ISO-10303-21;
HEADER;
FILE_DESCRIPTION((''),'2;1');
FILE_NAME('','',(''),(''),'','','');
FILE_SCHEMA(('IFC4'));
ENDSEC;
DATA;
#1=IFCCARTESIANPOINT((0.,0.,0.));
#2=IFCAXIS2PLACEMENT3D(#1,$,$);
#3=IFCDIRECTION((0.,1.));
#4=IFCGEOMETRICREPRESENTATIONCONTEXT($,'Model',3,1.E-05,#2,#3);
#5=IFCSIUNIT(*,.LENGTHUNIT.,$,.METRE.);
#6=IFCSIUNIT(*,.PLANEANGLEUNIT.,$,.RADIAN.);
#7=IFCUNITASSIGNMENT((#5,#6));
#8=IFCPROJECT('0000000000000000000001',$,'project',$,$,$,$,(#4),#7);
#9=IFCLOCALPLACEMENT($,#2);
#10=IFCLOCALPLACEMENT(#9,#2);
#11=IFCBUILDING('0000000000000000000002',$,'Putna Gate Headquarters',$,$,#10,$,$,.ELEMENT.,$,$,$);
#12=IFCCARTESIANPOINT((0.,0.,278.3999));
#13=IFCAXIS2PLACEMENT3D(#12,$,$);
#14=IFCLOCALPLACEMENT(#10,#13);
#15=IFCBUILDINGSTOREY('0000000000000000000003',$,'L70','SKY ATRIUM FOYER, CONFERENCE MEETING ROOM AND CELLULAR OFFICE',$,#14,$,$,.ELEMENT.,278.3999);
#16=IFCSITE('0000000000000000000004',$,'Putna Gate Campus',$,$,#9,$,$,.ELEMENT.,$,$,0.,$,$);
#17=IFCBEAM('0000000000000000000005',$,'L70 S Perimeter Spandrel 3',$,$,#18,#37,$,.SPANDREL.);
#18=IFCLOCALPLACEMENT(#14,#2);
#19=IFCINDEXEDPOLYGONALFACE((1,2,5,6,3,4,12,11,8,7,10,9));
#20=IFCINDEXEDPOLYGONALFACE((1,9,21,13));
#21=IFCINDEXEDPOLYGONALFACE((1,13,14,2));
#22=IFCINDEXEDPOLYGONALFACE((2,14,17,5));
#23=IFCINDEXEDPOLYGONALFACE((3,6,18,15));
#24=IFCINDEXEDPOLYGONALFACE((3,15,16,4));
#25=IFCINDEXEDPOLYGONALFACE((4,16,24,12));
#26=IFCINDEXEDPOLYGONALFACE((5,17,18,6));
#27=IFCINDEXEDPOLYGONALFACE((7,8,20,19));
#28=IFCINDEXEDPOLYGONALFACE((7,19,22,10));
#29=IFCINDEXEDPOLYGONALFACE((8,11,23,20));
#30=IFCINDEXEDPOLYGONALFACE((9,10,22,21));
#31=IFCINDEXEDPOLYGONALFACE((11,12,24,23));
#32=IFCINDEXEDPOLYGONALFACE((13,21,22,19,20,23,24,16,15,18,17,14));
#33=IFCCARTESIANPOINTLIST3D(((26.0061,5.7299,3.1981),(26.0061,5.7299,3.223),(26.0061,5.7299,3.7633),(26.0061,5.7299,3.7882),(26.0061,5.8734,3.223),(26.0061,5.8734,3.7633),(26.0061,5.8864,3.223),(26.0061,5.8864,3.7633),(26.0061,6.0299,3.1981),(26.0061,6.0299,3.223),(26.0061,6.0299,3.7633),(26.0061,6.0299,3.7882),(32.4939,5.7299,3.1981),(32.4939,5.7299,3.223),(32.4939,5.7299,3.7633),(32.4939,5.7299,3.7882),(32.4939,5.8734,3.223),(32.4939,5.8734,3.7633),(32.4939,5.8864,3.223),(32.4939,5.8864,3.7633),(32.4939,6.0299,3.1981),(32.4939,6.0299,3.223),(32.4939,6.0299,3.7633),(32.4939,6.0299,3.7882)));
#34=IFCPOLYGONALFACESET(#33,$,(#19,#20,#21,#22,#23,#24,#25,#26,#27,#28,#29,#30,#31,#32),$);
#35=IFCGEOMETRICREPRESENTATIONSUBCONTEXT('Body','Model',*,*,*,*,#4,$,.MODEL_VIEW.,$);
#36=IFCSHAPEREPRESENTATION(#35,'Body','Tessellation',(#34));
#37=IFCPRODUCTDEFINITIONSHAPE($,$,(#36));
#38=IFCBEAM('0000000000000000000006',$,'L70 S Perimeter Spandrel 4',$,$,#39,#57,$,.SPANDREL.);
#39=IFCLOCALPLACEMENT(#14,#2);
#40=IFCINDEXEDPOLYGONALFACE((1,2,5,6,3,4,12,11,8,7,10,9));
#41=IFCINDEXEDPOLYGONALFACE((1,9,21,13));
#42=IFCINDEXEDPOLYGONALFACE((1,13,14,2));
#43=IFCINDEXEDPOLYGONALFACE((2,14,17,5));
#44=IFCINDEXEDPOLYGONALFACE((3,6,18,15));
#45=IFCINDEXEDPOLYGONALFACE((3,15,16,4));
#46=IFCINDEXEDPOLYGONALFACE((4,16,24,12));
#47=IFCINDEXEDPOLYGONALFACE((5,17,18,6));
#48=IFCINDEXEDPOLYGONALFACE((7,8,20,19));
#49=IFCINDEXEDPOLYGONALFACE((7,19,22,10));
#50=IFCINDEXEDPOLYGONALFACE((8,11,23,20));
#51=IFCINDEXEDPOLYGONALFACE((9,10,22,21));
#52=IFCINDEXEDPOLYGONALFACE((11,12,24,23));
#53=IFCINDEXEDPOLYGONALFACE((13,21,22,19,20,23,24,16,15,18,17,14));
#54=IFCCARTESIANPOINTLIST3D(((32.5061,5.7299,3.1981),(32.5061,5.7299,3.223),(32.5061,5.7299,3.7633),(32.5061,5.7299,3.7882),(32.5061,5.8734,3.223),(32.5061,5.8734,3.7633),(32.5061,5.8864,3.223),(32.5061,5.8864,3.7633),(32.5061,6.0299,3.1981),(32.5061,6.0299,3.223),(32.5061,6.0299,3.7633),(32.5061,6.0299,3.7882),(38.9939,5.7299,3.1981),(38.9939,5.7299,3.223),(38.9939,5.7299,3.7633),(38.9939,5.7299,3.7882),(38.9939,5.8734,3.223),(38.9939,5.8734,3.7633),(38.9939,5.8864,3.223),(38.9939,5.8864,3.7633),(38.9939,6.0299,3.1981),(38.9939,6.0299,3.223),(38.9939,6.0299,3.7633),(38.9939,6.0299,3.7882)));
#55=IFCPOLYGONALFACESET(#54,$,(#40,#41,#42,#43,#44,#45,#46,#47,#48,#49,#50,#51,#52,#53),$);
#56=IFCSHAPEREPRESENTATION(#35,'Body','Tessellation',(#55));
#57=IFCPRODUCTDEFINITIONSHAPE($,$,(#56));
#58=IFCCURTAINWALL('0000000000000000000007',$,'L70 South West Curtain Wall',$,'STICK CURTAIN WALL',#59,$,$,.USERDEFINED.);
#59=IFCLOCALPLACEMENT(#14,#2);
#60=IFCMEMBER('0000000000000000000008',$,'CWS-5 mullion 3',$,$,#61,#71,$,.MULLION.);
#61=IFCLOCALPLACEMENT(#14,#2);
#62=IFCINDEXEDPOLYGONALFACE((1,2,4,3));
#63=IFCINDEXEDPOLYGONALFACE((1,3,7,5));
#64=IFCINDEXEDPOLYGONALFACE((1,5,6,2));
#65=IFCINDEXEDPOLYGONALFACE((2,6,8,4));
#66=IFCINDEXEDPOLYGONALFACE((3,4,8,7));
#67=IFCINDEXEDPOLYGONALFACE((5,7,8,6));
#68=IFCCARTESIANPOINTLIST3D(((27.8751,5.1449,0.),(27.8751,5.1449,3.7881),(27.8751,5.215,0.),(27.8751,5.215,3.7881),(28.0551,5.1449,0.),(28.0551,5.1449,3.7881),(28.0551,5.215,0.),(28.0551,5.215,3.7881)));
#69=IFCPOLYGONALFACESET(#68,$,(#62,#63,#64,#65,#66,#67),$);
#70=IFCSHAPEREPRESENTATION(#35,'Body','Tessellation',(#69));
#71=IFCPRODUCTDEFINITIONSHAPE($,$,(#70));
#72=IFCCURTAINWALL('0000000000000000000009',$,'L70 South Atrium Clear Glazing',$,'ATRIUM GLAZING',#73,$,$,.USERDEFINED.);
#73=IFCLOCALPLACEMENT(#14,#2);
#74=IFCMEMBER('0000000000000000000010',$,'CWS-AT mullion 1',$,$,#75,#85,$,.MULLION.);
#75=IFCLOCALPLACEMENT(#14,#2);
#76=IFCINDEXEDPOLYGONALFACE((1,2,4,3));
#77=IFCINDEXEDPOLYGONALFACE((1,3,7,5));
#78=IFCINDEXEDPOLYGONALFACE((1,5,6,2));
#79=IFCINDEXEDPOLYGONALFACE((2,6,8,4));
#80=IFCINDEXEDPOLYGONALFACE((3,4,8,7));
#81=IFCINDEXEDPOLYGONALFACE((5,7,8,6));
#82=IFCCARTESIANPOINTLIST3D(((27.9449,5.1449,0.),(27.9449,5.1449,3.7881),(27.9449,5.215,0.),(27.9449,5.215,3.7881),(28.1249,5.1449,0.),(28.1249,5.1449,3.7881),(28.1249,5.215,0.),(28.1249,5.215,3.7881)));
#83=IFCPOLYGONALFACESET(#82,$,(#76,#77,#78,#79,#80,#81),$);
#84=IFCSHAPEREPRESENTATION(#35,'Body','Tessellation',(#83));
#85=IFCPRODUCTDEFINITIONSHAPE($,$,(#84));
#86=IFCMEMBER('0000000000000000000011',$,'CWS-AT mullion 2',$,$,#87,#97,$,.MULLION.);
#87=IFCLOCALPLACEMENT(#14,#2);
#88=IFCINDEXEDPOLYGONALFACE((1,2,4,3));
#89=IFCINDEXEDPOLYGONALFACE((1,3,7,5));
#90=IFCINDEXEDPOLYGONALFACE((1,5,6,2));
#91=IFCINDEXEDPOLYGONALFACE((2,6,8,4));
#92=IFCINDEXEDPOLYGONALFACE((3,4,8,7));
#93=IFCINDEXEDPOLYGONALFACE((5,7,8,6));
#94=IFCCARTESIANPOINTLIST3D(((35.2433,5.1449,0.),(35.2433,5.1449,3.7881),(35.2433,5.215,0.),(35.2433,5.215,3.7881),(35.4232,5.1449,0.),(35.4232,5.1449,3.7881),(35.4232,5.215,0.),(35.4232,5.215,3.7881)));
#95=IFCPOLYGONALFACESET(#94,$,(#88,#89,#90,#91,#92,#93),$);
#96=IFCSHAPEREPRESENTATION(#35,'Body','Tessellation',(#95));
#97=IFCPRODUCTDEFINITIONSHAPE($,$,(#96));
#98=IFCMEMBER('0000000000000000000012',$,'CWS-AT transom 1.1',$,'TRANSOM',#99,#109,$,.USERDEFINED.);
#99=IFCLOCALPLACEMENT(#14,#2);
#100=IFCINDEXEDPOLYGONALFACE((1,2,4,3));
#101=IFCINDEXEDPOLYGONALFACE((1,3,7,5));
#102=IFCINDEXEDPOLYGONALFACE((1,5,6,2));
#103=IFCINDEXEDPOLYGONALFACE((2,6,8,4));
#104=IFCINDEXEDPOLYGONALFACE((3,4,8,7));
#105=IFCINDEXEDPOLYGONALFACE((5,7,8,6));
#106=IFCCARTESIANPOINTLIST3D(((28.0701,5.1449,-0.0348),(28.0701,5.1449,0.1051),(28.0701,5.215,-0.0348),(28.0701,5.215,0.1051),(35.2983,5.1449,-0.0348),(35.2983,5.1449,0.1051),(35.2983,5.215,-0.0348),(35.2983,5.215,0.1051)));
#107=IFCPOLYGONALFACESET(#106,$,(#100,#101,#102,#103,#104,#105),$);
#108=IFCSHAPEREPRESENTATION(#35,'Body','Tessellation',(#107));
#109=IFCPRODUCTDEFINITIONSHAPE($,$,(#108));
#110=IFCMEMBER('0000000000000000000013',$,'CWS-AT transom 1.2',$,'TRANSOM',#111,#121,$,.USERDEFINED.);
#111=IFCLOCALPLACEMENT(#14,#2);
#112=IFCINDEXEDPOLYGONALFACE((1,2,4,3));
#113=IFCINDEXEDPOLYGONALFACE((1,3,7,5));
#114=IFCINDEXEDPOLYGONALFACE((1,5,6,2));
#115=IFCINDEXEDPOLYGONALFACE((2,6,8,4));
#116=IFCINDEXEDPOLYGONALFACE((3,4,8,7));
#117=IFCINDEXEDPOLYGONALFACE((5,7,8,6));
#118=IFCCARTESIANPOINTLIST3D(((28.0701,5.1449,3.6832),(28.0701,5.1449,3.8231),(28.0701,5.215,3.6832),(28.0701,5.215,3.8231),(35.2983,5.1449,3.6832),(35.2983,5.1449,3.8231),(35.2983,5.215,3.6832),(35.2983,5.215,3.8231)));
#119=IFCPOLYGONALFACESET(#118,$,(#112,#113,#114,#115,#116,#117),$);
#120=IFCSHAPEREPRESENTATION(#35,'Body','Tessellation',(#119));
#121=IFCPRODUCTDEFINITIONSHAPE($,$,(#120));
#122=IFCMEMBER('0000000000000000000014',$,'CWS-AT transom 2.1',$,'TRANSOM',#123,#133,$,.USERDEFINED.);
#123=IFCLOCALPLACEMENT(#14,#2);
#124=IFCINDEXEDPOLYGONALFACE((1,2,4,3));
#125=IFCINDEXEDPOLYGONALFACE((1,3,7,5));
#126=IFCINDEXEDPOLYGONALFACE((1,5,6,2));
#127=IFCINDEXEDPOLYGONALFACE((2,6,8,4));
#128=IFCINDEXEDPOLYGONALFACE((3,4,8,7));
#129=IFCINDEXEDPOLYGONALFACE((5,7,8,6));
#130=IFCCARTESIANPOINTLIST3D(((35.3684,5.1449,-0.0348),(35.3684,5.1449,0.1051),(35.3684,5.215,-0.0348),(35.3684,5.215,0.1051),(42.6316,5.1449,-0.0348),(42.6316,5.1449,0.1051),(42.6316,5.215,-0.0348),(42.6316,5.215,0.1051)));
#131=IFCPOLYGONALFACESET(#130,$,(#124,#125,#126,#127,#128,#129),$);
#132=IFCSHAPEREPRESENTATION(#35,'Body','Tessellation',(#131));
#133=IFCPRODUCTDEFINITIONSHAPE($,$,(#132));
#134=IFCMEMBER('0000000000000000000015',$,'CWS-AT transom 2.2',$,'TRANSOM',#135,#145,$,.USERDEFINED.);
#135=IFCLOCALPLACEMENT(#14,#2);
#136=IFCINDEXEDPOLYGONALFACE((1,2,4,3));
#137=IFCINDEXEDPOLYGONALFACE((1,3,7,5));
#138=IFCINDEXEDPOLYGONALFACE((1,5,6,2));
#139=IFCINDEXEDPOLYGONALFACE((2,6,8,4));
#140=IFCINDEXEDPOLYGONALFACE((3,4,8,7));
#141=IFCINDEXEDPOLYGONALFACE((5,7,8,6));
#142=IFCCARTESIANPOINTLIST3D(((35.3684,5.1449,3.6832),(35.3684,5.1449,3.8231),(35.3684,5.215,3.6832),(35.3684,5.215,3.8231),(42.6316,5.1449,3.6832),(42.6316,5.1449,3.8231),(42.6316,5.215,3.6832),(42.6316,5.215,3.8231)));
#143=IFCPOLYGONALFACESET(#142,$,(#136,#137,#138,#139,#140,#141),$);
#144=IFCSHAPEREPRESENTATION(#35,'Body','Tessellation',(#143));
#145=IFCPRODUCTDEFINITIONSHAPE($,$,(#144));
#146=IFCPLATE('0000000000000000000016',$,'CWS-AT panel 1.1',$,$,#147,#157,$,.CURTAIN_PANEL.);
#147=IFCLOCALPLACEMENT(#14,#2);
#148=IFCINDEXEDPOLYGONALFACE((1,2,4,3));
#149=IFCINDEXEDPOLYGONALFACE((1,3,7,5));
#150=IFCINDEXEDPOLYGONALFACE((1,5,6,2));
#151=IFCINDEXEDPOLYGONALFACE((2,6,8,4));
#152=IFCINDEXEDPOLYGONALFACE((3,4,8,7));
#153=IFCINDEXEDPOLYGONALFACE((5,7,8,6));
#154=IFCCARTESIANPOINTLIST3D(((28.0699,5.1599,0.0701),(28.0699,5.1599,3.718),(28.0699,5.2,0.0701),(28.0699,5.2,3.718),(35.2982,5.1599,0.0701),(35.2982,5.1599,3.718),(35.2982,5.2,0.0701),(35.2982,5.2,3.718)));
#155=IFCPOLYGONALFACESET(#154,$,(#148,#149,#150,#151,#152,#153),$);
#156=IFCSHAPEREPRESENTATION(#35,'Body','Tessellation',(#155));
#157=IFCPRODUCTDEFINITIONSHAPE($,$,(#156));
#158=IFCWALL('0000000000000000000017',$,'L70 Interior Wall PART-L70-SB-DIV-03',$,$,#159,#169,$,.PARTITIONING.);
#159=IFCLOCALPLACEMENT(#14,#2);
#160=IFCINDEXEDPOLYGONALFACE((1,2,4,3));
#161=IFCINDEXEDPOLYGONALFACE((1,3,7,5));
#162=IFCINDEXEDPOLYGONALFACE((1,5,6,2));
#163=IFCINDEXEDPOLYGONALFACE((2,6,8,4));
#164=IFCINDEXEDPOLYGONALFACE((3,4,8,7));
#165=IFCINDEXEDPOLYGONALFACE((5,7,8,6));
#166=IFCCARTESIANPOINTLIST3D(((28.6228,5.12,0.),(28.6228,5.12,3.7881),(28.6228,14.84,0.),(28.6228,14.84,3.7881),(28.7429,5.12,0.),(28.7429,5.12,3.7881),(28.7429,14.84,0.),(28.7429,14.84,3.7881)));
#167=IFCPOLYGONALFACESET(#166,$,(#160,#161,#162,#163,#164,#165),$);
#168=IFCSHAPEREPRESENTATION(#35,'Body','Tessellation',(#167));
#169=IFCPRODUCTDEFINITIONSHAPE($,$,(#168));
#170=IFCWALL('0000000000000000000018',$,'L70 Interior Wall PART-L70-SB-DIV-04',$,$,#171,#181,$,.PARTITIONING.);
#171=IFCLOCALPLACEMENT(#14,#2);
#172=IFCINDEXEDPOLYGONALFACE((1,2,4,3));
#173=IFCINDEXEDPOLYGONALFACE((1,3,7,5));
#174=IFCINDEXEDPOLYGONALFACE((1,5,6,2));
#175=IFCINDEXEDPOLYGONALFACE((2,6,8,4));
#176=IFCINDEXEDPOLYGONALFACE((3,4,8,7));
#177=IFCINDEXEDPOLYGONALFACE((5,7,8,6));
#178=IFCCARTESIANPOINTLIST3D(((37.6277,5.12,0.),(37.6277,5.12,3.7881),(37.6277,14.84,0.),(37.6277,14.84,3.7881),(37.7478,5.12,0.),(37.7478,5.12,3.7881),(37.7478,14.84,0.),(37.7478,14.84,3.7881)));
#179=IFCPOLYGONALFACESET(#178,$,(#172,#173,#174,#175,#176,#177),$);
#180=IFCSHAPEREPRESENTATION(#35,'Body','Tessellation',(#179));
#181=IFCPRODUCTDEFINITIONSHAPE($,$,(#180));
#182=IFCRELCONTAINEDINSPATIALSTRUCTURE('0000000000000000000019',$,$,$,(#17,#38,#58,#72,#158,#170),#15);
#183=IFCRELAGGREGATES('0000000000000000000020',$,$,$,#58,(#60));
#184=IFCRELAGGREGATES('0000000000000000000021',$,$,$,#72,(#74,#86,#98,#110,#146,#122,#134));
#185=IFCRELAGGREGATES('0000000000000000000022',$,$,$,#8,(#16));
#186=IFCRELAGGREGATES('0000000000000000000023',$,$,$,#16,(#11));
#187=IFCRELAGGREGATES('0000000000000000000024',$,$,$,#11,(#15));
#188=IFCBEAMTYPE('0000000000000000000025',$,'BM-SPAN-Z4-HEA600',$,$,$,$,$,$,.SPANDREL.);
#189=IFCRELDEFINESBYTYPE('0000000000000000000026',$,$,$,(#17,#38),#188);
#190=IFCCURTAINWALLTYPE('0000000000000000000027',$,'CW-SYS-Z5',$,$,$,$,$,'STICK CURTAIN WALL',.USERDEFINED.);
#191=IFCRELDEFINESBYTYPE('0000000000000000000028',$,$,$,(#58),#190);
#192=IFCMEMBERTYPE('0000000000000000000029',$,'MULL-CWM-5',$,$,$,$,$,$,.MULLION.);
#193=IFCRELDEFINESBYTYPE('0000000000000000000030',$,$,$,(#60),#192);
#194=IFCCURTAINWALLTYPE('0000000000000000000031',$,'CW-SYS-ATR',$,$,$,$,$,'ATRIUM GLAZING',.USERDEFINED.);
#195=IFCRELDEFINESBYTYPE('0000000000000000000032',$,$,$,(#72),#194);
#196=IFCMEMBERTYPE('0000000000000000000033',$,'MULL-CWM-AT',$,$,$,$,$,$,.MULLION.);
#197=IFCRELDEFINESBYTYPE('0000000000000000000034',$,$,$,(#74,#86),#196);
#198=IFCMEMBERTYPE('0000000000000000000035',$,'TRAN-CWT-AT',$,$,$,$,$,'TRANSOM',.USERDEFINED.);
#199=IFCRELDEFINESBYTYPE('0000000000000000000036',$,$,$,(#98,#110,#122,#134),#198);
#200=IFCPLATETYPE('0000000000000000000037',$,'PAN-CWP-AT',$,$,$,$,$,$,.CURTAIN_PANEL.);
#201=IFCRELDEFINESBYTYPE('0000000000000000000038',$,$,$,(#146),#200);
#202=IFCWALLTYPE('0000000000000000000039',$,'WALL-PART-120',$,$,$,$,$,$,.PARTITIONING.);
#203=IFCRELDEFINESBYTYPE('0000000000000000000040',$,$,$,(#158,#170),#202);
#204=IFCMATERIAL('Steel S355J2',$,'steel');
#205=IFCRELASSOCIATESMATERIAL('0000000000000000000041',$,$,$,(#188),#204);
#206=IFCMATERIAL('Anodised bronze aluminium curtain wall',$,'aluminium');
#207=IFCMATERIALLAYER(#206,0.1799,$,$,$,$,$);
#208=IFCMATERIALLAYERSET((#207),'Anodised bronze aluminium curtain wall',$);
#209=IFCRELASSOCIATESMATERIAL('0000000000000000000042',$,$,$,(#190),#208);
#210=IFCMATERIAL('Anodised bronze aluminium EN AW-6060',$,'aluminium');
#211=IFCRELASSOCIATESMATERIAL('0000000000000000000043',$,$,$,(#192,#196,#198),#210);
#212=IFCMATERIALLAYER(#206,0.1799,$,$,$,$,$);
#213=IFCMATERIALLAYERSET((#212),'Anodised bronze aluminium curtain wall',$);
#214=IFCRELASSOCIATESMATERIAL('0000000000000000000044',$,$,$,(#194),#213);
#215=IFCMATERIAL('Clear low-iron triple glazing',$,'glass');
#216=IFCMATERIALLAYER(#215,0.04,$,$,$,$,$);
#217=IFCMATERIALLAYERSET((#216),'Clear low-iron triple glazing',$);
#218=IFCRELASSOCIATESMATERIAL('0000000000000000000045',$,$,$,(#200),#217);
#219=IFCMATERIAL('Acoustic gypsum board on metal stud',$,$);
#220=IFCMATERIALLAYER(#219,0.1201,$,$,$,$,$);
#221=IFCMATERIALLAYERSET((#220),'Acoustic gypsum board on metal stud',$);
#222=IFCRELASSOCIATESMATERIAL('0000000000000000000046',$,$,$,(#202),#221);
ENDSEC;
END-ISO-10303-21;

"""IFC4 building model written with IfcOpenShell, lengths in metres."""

from ifc_helpers import new_model, si_unit, direction, frame, frame_2d, origin, origin_2d, place, context, subcontext, project, spatial, rectangle, i_section, extrude, material, layer, layer_set, material_profile, profile_set, type_object, element, aggregate, save


model = new_model("IFC4")

# Units and contexts
model_context = context("Model", 3, precision=1e-05, world=origin(), true_north=direction((0.0, 1.0)))
body_context = subcontext(model_context, "Body", "Model", "MODEL_VIEW")
ifc_project = project(units=[si_unit("LENGTHUNIT", "METRE"), si_unit("PLANEANGLEUNIT", "RADIAN")], contexts=[model_context])

# Site, building, storey
site_placement = place(None, origin())
site = spatial("IfcSite", under=ifc_project, at=site_placement, Name="Putna Gate Campus", CompositionType="ELEMENT", RefElevation=0.0)
building_placement = place(site_placement, origin())
building = spatial("IfcBuilding", under=site, at=building_placement, Name="Putna Gate Headquarters", CompositionType="ELEMENT")
storey_placement = place(building_placement, frame((0.0, 0.0, 278.3999)))
storey = spatial("IfcBuildingStorey", under=building, at=storey_placement, Name="L70", Description="SKY ATRIUM FOYER, CONFERENCE MEETING ROOM AND CELLULAR OFFICE", CompositionType="ELEMENT", Elevation=278.3999)

# Beams
ifc_material_1 = material(Name="Steel S355J2", Category="steel")
ifc_material_profile_1 = material_profile(ifc_material_1, i_section(OverallWidth=0.3, OverallDepth=0.5901, WebThickness=0.0129, FlangeThickness=0.0249, at=origin_2d()), Name="Steel S355J2")
ifc_profile_set_1 = profile_set([ifc_material_profile_1], Name="Steel S355J2")
beam_type_1 = type_object("IfcBeamType", Name="BM-SPAN-Z4-HEA600", PredefinedType="SPANDREL", material=ifc_profile_set_1)
for number, where, z_axis, x_axis, name in (
    (1, (26.0061, 5.8799, 3.4932), (1.0, 0.0, 0.0), (0.0, 1.0, 0.0), "L70 S Perimeter Spandrel 3"),
    (2, (32.5061, 5.8799, 3.4932), (1.0, 0.0, 0.0), (0.0, 1.0, 0.0), "L70 S Perimeter Spandrel 4"),
):
    element("IfcBeam", number, at=place(storey_placement, frame(where, z_axis=z_axis, x_axis=x_axis)), inside=storey, type_object=beam_type_1, Name=name, PredefinedType="SPANDREL", context=body_context, shape_type="SweptSolid", body=[
        extrude(i_section(OverallWidth=0.3, OverallDepth=0.5901, WebThickness=0.0129, FlangeThickness=0.0249, at=origin_2d()), origin(), (0.0, 0.0, 1.0), 6.4878),
    ])

# Curtain wall, member
ifc_material_2 = material(Name="Anodised bronze aluminium curtain wall", Category="aluminium")
ifc_layer_1 = layer(ifc_material_2, 0.1799)
ifc_layer_set_1 = layer_set([ifc_layer_1], Name="Anodised bronze aluminium curtain wall")
curtain_wall_type_1 = type_object("IfcCurtainWallType", Name="CW-SYS-Z5", ElementType="STICK CURTAIN WALL", PredefinedType="USERDEFINED", material=ifc_layer_set_1)
curtain_wall_1_placement = place(storey_placement, origin())
curtain_wall_1 = element("IfcCurtainWall", 3, at=curtain_wall_1_placement, inside=storey, type_object=curtain_wall_type_1, Name="L70 South West Curtain Wall", ObjectType="STICK CURTAIN WALL", PredefinedType="USERDEFINED")
ifc_material_3 = material(Name="Anodised bronze aluminium EN AW-6060", Category="aluminium")
ifc_material_profile_2 = material_profile(ifc_material_3, rectangle(XDim=0.0701, YDim=0.1799, at=origin_2d()), Name="Anodised bronze aluminium EN AW-6060")
ifc_profile_set_2 = profile_set([ifc_material_profile_2], Name="Anodised bronze aluminium EN AW-6060")
member_type_1 = type_object("IfcMemberType", Name="MULL-CWM-5", PredefinedType="MULLION", material=ifc_profile_set_2)
member_1_placement = place(storey_placement, frame((27.9651, 5.1799, 0.0), z_axis=(0.0, 0.0, 1.0), x_axis=(0.0, 1.0, 0.0)))
member_1 = element("IfcMember", 4, at=member_1_placement, type_object=member_type_1, Name="CWS-5 mullion 3", PredefinedType="MULLION", context=body_context, shape_type="SweptSolid", body=[
    extrude(rectangle(XDim=0.0701, YDim=0.1799, at=origin_2d()), origin(), (0.0, 0.0, 1.0), 3.7881),
])
aggregate(curtain_wall_1, [member_1])

# Curtain wall, members, plate
ifc_layer_2 = layer(ifc_material_2, 0.1799)
ifc_layer_set_2 = layer_set([ifc_layer_2], Name="Anodised bronze aluminium curtain wall")
curtain_wall_type_2 = type_object("IfcCurtainWallType", Name="CW-SYS-ATR", ElementType="ATRIUM GLAZING", PredefinedType="USERDEFINED", material=ifc_layer_set_2)
curtain_wall_2_placement = place(storey_placement, origin())
curtain_wall_2 = element("IfcCurtainWall", 5, at=curtain_wall_2_placement, inside=storey, type_object=curtain_wall_type_2, Name="L70 South Atrium Clear Glazing", ObjectType="ATRIUM GLAZING", PredefinedType="USERDEFINED")
ifc_material_profile_3 = material_profile(ifc_material_3, rectangle(XDim=0.0701, YDim=0.1799, at=origin_2d()), Name="Anodised bronze aluminium EN AW-6060")
ifc_profile_set_3 = profile_set([ifc_material_profile_3], Name="Anodised bronze aluminium EN AW-6060")
member_type_2 = type_object("IfcMemberType", Name="MULL-CWM-AT", PredefinedType="MULLION", material=ifc_profile_set_3)
member_2_placement = place(storey_placement, frame((28.0349, 5.1799, 0.0), z_axis=(0.0, 0.0, 1.0), x_axis=(0.0, 1.0, 0.0)))
member_2 = element("IfcMember", 6, at=member_2_placement, type_object=member_type_2, Name="CWS-AT mullion 1", PredefinedType="MULLION", context=body_context, shape_type="SweptSolid", body=[
    extrude(rectangle(XDim=0.0701, YDim=0.1799, at=origin_2d()), origin(), (0.0, 0.0, 1.0), 3.7881),
])
member_3_placement = place(storey_placement, frame((35.3333, 5.1799, 0.0), z_axis=(0.0, 0.0, 1.0), x_axis=(0.0, 1.0, 0.0)))
member_3 = element("IfcMember", 7, at=member_3_placement, type_object=member_type_2, Name="CWS-AT mullion 2", PredefinedType="MULLION", context=body_context, shape_type="SweptSolid", body=[
    extrude(rectangle(XDim=0.0701, YDim=0.1799, at=origin_2d()), origin(), (0.0, 0.0, 1.0), 3.7881),
])
ifc_material_profile_4 = material_profile(ifc_material_3, rectangle(XDim=0.0701, YDim=0.1399, at=origin_2d()), Name="Anodised bronze aluminium EN AW-6060")
ifc_profile_set_4 = profile_set([ifc_material_profile_4], Name="Anodised bronze aluminium EN AW-6060")
member_type_3 = type_object("IfcMemberType", Name="TRAN-CWT-AT", ElementType="TRANSOM", PredefinedType="USERDEFINED", material=ifc_profile_set_4)
member_4_placement = place(storey_placement, frame((28.0701, 5.1799, 0.0352), z_axis=(1.0, 0.0, 0.0), x_axis=(0.0, 1.0, 0.0)))
member_4 = element("IfcMember", 8, at=member_4_placement, type_object=member_type_3, Name="CWS-AT transom 1.1", ObjectType="TRANSOM", PredefinedType="USERDEFINED", context=body_context, shape_type="SweptSolid", body=[
    extrude(rectangle(XDim=0.0701, YDim=0.1399, at=origin_2d()), origin(), (0.0, 0.0, 1.0), 7.2283),
])
member_5_placement = place(storey_placement, frame((28.0701, 5.1799, 3.7532), z_axis=(1.0, 0.0, 0.0), x_axis=(0.0, 1.0, 0.0)))
member_5 = element("IfcMember", 9, at=member_5_placement, type_object=member_type_3, Name="CWS-AT transom 1.2", ObjectType="TRANSOM", PredefinedType="USERDEFINED", context=body_context, shape_type="SweptSolid", body=[
    extrude(rectangle(XDim=0.0701, YDim=0.1399, at=origin_2d()), origin(), (0.0, 0.0, 1.0), 7.2283),
])
member_6_placement = place(storey_placement, frame((35.3684, 5.1799, 0.0352), z_axis=(1.0, 0.0, 0.0), x_axis=(0.0, 1.0, 0.0)))
member_6 = element("IfcMember", 10, at=member_6_placement, type_object=member_type_3, Name="CWS-AT transom 2.1", ObjectType="TRANSOM", PredefinedType="USERDEFINED", context=body_context, shape_type="SweptSolid", body=[
    extrude(rectangle(XDim=0.0701, YDim=0.1399, at=origin_2d()), origin(), (0.0, 0.0, 1.0), 7.2632),
])
member_7_placement = place(storey_placement, frame((35.3684, 5.1799, 3.7532), z_axis=(1.0, 0.0, 0.0), x_axis=(0.0, 1.0, 0.0)))
member_7 = element("IfcMember", 11, at=member_7_placement, type_object=member_type_3, Name="CWS-AT transom 2.2", ObjectType="TRANSOM", PredefinedType="USERDEFINED", context=body_context, shape_type="SweptSolid", body=[
    extrude(rectangle(XDim=0.0701, YDim=0.1399, at=origin_2d()), origin(), (0.0, 0.0, 1.0), 7.2632),
])
ifc_material_4 = material(Name="Clear low-iron triple glazing", Category="glass")
ifc_layer_3 = layer(ifc_material_4, 0.04)
ifc_layer_set_3 = layer_set([ifc_layer_3], Name="Clear low-iron triple glazing")
plate_type = type_object("IfcPlateType", Name="PAN-CWP-AT", PredefinedType="CURTAIN_PANEL", material=ifc_layer_set_3)
plate_placement = place(storey_placement, frame((31.6841, 5.1799, 0.0701), z_axis=(0.0, 0.0, 1.0), x_axis=(1.0, 0.0, 0.0)))
plate = element("IfcPlate", 12, at=plate_placement, type_object=plate_type, Name="CWS-AT panel 1.1", PredefinedType="CURTAIN_PANEL", context=body_context, shape_type="SweptSolid", body=[
    extrude(rectangle(XDim=7.2283, YDim=0.04, at=origin_2d()), origin(), (0.0, 0.0, 1.0), 3.6479),
])
aggregate(curtain_wall_2, [member_2, member_3, member_4, member_5, plate, member_6, member_7])

# Walls
ifc_material_5 = material(Name="Acoustic gypsum board on metal stud")
ifc_layer_4 = layer(ifc_material_5, 0.1201)
ifc_layer_set_4 = layer_set([ifc_layer_4], Name="Acoustic gypsum board on metal stud")
wall_type_1 = type_object("IfcWallType", Name="WALL-PART-120", PredefinedType="PARTITIONING", material=ifc_layer_set_4)
for number, where, z_axis, x_axis, name in (
    (13, (28.6829, 5.1201, 0.0), (0.0, 0.0, 1.0), (0.0, 1.0, 0.0), "L70 Interior Wall PART-L70-SB-DIV-03"),
    (14, (37.6877, 5.1201, 0.0), (0.0, 0.0, 1.0), (0.0, 1.0, 0.0), "L70 Interior Wall PART-L70-SB-DIV-04"),
):
    element("IfcWall", number, at=place(storey_placement, frame(where, z_axis=z_axis, x_axis=x_axis)), inside=storey, type_object=wall_type_1, Name=name, PredefinedType="PARTITIONING", context=body_context, shape_type="SweptSolid", body=[
        extrude(rectangle(XDim=9.72, YDim=0.1201, at=frame_2d((4.8599, 0.0))), origin(), (0.0, 0.0, 1.0), 3.7881),
    ])

save(model, "model.ifc")
